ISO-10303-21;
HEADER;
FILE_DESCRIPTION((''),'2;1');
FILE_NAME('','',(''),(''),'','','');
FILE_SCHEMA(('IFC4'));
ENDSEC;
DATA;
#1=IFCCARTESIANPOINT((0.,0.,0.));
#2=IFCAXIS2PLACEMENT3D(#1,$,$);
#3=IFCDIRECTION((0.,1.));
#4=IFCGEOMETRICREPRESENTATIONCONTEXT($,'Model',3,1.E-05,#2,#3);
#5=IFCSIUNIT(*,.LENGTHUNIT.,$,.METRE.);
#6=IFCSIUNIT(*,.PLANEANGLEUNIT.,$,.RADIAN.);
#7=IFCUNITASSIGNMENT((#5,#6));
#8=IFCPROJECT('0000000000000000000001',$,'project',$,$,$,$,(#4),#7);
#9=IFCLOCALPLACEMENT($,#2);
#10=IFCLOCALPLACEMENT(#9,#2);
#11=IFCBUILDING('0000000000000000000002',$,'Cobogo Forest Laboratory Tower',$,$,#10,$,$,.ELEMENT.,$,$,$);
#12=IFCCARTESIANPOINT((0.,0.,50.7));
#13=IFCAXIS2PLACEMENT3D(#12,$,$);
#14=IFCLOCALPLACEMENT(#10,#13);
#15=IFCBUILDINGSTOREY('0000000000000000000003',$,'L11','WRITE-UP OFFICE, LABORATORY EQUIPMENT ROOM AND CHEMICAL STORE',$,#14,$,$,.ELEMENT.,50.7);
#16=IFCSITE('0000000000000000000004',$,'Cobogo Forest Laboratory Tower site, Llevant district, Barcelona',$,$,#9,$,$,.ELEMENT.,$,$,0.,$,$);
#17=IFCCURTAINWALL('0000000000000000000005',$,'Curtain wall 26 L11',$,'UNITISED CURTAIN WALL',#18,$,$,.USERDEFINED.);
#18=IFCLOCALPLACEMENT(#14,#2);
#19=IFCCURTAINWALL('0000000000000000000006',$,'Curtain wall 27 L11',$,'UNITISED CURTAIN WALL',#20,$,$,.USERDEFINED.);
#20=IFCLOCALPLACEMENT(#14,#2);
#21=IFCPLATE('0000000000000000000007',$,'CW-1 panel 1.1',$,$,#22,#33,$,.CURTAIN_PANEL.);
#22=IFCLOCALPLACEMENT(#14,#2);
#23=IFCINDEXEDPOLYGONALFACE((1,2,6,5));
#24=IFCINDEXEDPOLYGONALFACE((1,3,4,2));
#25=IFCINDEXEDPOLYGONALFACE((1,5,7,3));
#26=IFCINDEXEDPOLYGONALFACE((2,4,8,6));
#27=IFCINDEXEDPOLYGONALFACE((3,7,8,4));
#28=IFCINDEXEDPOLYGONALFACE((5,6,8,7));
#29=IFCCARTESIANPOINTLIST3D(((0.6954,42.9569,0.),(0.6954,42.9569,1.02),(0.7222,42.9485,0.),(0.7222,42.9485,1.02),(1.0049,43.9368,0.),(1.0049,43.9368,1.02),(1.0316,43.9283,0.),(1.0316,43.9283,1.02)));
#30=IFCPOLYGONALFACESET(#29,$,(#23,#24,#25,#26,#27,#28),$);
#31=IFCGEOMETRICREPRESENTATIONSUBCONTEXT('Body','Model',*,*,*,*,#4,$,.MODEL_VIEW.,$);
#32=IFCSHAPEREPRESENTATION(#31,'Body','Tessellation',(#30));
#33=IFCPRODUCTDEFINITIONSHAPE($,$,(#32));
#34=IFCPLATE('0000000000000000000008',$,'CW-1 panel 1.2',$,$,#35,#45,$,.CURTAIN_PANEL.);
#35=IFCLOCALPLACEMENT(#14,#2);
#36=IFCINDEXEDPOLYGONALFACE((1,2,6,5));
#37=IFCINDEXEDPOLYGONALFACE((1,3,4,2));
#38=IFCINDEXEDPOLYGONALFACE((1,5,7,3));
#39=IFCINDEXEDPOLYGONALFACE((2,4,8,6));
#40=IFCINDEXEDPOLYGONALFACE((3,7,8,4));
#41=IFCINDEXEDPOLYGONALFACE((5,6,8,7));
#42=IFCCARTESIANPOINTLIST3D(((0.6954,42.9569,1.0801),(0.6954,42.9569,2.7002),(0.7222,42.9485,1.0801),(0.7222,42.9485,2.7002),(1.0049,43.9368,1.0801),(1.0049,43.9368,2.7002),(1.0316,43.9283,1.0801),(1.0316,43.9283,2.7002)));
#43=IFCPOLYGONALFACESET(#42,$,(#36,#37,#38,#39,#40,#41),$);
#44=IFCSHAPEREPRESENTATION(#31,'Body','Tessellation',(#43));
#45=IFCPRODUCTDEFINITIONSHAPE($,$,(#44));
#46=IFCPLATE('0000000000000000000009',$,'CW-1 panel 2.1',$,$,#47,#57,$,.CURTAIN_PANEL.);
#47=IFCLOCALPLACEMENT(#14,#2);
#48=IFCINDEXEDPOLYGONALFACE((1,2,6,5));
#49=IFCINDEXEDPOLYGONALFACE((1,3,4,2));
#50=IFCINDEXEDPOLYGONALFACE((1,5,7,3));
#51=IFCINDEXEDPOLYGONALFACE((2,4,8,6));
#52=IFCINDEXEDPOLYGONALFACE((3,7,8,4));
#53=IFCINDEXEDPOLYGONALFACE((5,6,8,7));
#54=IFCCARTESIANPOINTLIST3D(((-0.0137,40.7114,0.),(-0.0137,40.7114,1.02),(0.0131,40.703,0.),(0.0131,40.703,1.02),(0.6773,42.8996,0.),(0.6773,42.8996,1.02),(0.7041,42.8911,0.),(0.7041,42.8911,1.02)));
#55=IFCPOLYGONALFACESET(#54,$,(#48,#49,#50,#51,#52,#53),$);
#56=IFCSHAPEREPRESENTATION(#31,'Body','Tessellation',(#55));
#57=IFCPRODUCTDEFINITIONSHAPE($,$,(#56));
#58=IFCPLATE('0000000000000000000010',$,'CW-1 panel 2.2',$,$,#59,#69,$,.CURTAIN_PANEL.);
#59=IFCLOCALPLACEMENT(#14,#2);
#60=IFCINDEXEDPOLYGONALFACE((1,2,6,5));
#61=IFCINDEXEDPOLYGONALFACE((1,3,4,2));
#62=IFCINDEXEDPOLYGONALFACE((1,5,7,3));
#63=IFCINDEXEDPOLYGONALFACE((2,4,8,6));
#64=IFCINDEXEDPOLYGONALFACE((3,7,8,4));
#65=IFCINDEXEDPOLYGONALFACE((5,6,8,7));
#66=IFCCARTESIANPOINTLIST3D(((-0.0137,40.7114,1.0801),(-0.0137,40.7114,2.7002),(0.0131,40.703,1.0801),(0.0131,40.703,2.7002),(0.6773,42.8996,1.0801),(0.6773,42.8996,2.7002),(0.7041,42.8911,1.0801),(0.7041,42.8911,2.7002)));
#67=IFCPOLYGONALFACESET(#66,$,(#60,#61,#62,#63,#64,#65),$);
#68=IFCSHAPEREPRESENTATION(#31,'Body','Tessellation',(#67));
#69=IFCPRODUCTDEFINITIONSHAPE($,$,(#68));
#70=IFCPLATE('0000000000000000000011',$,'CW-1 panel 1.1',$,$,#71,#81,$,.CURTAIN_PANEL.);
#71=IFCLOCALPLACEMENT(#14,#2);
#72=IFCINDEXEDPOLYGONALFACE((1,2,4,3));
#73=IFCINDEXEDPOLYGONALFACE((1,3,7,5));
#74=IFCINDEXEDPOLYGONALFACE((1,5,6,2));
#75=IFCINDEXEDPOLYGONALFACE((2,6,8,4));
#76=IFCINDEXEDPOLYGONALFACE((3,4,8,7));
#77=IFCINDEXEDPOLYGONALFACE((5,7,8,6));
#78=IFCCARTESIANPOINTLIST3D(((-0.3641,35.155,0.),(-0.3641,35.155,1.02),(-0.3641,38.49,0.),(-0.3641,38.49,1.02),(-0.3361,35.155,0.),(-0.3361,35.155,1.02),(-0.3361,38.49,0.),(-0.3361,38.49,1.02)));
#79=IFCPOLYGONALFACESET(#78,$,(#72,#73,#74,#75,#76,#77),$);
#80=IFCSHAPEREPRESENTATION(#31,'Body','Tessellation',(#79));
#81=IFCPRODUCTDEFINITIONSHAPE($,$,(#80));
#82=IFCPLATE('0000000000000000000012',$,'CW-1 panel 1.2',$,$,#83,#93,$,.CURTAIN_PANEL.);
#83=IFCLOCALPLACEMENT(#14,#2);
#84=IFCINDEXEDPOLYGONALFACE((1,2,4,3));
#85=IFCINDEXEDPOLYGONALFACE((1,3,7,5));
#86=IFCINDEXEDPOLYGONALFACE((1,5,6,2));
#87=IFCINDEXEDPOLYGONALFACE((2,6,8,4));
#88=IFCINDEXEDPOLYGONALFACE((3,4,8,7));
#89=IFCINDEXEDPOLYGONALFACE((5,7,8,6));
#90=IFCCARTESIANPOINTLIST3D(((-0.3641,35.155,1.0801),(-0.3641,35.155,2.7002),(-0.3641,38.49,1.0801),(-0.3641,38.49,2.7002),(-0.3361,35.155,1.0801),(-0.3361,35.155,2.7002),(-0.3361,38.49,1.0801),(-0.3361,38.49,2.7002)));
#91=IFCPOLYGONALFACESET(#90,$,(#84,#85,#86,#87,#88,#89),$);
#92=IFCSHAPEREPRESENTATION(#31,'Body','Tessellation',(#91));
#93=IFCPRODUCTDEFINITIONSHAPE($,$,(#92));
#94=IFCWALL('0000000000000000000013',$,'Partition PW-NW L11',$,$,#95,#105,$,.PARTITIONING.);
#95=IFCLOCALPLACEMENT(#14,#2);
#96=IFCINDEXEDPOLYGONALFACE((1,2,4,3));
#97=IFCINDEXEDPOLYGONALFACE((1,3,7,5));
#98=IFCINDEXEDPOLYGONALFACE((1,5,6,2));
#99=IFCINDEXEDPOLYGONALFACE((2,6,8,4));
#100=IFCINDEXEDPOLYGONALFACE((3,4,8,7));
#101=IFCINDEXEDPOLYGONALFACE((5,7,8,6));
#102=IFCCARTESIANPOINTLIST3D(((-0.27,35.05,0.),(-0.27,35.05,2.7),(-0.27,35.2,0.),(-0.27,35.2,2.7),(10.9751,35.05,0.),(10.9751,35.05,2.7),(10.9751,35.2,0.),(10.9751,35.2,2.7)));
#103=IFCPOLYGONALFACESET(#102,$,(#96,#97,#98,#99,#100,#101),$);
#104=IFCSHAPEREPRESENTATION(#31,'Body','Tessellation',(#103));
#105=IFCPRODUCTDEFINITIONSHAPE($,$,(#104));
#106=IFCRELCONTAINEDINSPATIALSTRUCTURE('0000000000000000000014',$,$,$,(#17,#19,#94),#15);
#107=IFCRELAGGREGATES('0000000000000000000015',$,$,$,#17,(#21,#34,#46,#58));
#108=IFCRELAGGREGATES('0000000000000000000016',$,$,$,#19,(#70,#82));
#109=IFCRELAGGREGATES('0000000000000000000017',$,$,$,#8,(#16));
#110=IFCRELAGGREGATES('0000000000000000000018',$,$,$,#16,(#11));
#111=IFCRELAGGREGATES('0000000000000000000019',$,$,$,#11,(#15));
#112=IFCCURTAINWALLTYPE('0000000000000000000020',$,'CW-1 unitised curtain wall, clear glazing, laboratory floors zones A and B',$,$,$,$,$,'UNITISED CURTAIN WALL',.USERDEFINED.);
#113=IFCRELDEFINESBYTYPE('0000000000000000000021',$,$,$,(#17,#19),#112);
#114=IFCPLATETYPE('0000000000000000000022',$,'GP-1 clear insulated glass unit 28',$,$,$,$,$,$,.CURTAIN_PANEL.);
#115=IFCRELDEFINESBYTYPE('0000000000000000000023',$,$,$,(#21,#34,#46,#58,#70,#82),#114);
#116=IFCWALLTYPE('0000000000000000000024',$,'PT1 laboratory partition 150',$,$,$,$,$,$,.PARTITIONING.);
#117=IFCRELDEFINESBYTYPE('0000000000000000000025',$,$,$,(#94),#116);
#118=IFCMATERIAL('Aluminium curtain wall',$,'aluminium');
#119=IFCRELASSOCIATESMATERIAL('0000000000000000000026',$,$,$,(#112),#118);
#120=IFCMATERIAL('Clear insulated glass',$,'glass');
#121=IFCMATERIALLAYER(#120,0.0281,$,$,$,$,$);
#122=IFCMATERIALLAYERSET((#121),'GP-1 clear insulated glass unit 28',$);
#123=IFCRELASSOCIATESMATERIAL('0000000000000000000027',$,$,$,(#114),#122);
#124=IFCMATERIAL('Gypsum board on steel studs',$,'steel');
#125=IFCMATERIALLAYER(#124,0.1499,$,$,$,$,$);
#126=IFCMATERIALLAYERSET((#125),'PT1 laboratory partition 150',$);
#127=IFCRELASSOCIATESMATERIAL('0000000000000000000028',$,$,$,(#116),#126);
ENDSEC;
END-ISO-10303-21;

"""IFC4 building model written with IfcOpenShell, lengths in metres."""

from ifc_helpers import new_model, si_unit, direction, frame, frame_2d, origin, origin_2d, place, context, subcontext, project, spatial, rectangle, extrude, material, layer, layer_set, type_object, element, aggregate, save


model = new_model("IFC4")

# Units and contexts
model_context = context("Model", 3, precision=1e-05, world=origin(), true_north=direction((0.0, 1.0)))
body_context = subcontext(model_context, "Body", "Model", "MODEL_VIEW")
ifc_project = project(units=[si_unit("LENGTHUNIT", "METRE"), si_unit("PLANEANGLEUNIT", "RADIAN")], contexts=[model_context])

# Site, building, storey
site_placement = place(None, origin())
site = spatial("IfcSite", under=ifc_project, at=site_placement, Name="Cobogo Forest Laboratory Tower site, Llevant district, Barcelona", CompositionType="ELEMENT", RefElevation=0.0)
building_placement = place(site_placement, origin())
building = spatial("IfcBuilding", under=site, at=building_placement, Name="Cobogo Forest Laboratory Tower", CompositionType="ELEMENT")
storey_placement = place(building_placement, frame((0.0, 0.0, 50.7)))
storey = spatial("IfcBuildingStorey", under=building, at=storey_placement, Name="L11", Description="WRITE-UP OFFICE, LABORATORY EQUIPMENT ROOM AND CHEMICAL STORE", CompositionType="ELEMENT", Elevation=50.7)

# Curtain walls
ifc_material_1 = material(Name="Aluminium curtain wall", Category="aluminium")
curtain_wall_type = type_object("IfcCurtainWallType", Name="CW-1 unitised curtain wall, clear glazing, laboratory floors zones A and B", ElementType="UNITISED CURTAIN WALL", PredefinedType="USERDEFINED", material=ifc_material_1)
curtain_wall_1_placement = place(storey_placement, origin())
curtain_wall_1 = element("IfcCurtainWall", 1, at=curtain_wall_1_placement, inside=storey, type_object=curtain_wall_type, Name="Curtain wall 26 L11", ObjectType="UNITISED CURTAIN WALL", PredefinedType="USERDEFINED")
curtain_wall_2_placement = place(storey_placement, origin())
curtain_wall_2 = element("IfcCurtainWall", 2, at=curtain_wall_2_placement, inside=storey, type_object=curtain_wall_type, Name="Curtain wall 27 L11", ObjectType="UNITISED CURTAIN WALL", PredefinedType="USERDEFINED")

# Plates
ifc_material_2 = material(Name="Clear insulated glass", Category="glass")
ifc_layer_1 = layer(ifc_material_2, 0.0281)
ifc_layer_set_1 = layer_set([ifc_layer_1], Name="GP-1 clear insulated glass unit 28")
plate_type = type_object("IfcPlateType", Name="GP-1 clear insulated glass unit 28", PredefinedType="CURTAIN_PANEL", material=ifc_layer_set_1)
plate_1_placement = place(storey_placement, frame((0.8635, 43.4426, 0.0), z_axis=(0.0, 0.0, 1.0), x_axis=(-0.301135, -0.953581, 0.0)))
plate_1 = element("IfcPlate", 3, at=plate_1_placement, type_object=plate_type, Name="CW-1 panel 1.1", PredefinedType="CURTAIN_PANEL", context=body_context, shape_type="SweptSolid", body=[
    extrude(rectangle(XDim=1.0276, YDim=0.0281, at=origin_2d()), origin(), (0.0, 0.0, 1.0), 1.02),
])
plate_2_placement = place(storey_placement, frame((0.8635, 43.4426, 1.0801), z_axis=(0.0, 0.0, 1.0), x_axis=(-0.301135, -0.953581, 0.0)))
plate_2 = element("IfcPlate", 4, at=plate_2_placement, type_object=plate_type, Name="CW-1 panel 1.2", PredefinedType="CURTAIN_PANEL", context=body_context, shape_type="SweptSolid", body=[
    extrude(rectangle(XDim=1.0276, YDim=0.0281, at=origin_2d()), origin(), (0.0, 0.0, 1.0), 1.6201),
])
plate_3_placement = place(storey_placement, frame((0.3452, 41.8013, 0.0), z_axis=(0.0, 0.0, 1.0), x_axis=(-0.301135, -0.953581, 0.0)))
plate_3 = element("IfcPlate", 5, at=plate_3_placement, type_object=plate_type, Name="CW-1 panel 2.1", PredefinedType="CURTAIN_PANEL", context=body_context, shape_type="SweptSolid", body=[
    extrude(rectangle(XDim=2.2947, YDim=0.0281, at=origin_2d()), origin(), (0.0, 0.0, 1.0), 1.02),
])
plate_4_placement = place(storey_placement, frame((0.3452, 41.8013, 1.0801), z_axis=(0.0, 0.0, 1.0), x_axis=(-0.301135, -0.953581, 0.0)))
plate_4 = element("IfcPlate", 6, at=plate_4_placement, type_object=plate_type, Name="CW-1 panel 2.2", PredefinedType="CURTAIN_PANEL", context=body_context, shape_type="SweptSolid", body=[
    extrude(rectangle(XDim=2.2947, YDim=0.0281, at=origin_2d()), origin(), (0.0, 0.0, 1.0), 1.6201),
])
aggregate(curtain_wall_1, [plate_1, plate_2, plate_3, plate_4])
plate_5_placement = place(storey_placement, frame((-0.3501, 36.8225, 0.0), z_axis=(0.0, 0.0, 1.0), x_axis=(0.0, -1.0, 0.0)))
plate_5 = element("IfcPlate", 7, at=plate_5_placement, type_object=plate_type, Name="CW-1 panel 1.1", PredefinedType="CURTAIN_PANEL", context=body_context, shape_type="SweptSolid", body=[
    extrude(rectangle(XDim=3.335, YDim=0.0281, at=origin_2d()), origin(), (0.0, 0.0, 1.0), 1.02),
])
plate_6_placement = place(storey_placement, frame((-0.3501, 36.8225, 1.0801), z_axis=(0.0, 0.0, 1.0), x_axis=(0.0, -1.0, 0.0)))
plate_6 = element("IfcPlate", 8, at=plate_6_placement, type_object=plate_type, Name="CW-1 panel 1.2", PredefinedType="CURTAIN_PANEL", context=body_context, shape_type="SweptSolid", body=[
    extrude(rectangle(XDim=3.335, YDim=0.0281, at=origin_2d()), origin(), (0.0, 0.0, 1.0), 1.6201),
])
aggregate(curtain_wall_2, [plate_5, plate_6])

# Wall
ifc_material_3 = material(Name="Gypsum board on steel studs", Category="steel")
ifc_layer_2 = layer(ifc_material_3, 0.1499)
ifc_layer_set_2 = layer_set([ifc_layer_2], Name="PT1 laboratory partition 150")
wall_type = type_object("IfcWallType", Name="PT1 laboratory partition 150", PredefinedType="PARTITIONING", material=ifc_layer_set_2)
wall_placement = place(storey_placement, frame((-0.27, 35.125, 0.0), z_axis=(0.0, 0.0, 1.0), x_axis=(1.0, 0.0, 0.0)))
element("IfcWall", 9, at=wall_placement, inside=storey, type_object=wall_type, Name="Partition PW-NW L11", PredefinedType="PARTITIONING", context=body_context, shape_type="SweptSolid", body=[
    extrude(rectangle(XDim=11.2451, YDim=0.1499, at=frame_2d((5.6226, 0.0))), origin(), (0.0, 0.0, 1.0), 2.7),
])

save(model, "model.ifc")
